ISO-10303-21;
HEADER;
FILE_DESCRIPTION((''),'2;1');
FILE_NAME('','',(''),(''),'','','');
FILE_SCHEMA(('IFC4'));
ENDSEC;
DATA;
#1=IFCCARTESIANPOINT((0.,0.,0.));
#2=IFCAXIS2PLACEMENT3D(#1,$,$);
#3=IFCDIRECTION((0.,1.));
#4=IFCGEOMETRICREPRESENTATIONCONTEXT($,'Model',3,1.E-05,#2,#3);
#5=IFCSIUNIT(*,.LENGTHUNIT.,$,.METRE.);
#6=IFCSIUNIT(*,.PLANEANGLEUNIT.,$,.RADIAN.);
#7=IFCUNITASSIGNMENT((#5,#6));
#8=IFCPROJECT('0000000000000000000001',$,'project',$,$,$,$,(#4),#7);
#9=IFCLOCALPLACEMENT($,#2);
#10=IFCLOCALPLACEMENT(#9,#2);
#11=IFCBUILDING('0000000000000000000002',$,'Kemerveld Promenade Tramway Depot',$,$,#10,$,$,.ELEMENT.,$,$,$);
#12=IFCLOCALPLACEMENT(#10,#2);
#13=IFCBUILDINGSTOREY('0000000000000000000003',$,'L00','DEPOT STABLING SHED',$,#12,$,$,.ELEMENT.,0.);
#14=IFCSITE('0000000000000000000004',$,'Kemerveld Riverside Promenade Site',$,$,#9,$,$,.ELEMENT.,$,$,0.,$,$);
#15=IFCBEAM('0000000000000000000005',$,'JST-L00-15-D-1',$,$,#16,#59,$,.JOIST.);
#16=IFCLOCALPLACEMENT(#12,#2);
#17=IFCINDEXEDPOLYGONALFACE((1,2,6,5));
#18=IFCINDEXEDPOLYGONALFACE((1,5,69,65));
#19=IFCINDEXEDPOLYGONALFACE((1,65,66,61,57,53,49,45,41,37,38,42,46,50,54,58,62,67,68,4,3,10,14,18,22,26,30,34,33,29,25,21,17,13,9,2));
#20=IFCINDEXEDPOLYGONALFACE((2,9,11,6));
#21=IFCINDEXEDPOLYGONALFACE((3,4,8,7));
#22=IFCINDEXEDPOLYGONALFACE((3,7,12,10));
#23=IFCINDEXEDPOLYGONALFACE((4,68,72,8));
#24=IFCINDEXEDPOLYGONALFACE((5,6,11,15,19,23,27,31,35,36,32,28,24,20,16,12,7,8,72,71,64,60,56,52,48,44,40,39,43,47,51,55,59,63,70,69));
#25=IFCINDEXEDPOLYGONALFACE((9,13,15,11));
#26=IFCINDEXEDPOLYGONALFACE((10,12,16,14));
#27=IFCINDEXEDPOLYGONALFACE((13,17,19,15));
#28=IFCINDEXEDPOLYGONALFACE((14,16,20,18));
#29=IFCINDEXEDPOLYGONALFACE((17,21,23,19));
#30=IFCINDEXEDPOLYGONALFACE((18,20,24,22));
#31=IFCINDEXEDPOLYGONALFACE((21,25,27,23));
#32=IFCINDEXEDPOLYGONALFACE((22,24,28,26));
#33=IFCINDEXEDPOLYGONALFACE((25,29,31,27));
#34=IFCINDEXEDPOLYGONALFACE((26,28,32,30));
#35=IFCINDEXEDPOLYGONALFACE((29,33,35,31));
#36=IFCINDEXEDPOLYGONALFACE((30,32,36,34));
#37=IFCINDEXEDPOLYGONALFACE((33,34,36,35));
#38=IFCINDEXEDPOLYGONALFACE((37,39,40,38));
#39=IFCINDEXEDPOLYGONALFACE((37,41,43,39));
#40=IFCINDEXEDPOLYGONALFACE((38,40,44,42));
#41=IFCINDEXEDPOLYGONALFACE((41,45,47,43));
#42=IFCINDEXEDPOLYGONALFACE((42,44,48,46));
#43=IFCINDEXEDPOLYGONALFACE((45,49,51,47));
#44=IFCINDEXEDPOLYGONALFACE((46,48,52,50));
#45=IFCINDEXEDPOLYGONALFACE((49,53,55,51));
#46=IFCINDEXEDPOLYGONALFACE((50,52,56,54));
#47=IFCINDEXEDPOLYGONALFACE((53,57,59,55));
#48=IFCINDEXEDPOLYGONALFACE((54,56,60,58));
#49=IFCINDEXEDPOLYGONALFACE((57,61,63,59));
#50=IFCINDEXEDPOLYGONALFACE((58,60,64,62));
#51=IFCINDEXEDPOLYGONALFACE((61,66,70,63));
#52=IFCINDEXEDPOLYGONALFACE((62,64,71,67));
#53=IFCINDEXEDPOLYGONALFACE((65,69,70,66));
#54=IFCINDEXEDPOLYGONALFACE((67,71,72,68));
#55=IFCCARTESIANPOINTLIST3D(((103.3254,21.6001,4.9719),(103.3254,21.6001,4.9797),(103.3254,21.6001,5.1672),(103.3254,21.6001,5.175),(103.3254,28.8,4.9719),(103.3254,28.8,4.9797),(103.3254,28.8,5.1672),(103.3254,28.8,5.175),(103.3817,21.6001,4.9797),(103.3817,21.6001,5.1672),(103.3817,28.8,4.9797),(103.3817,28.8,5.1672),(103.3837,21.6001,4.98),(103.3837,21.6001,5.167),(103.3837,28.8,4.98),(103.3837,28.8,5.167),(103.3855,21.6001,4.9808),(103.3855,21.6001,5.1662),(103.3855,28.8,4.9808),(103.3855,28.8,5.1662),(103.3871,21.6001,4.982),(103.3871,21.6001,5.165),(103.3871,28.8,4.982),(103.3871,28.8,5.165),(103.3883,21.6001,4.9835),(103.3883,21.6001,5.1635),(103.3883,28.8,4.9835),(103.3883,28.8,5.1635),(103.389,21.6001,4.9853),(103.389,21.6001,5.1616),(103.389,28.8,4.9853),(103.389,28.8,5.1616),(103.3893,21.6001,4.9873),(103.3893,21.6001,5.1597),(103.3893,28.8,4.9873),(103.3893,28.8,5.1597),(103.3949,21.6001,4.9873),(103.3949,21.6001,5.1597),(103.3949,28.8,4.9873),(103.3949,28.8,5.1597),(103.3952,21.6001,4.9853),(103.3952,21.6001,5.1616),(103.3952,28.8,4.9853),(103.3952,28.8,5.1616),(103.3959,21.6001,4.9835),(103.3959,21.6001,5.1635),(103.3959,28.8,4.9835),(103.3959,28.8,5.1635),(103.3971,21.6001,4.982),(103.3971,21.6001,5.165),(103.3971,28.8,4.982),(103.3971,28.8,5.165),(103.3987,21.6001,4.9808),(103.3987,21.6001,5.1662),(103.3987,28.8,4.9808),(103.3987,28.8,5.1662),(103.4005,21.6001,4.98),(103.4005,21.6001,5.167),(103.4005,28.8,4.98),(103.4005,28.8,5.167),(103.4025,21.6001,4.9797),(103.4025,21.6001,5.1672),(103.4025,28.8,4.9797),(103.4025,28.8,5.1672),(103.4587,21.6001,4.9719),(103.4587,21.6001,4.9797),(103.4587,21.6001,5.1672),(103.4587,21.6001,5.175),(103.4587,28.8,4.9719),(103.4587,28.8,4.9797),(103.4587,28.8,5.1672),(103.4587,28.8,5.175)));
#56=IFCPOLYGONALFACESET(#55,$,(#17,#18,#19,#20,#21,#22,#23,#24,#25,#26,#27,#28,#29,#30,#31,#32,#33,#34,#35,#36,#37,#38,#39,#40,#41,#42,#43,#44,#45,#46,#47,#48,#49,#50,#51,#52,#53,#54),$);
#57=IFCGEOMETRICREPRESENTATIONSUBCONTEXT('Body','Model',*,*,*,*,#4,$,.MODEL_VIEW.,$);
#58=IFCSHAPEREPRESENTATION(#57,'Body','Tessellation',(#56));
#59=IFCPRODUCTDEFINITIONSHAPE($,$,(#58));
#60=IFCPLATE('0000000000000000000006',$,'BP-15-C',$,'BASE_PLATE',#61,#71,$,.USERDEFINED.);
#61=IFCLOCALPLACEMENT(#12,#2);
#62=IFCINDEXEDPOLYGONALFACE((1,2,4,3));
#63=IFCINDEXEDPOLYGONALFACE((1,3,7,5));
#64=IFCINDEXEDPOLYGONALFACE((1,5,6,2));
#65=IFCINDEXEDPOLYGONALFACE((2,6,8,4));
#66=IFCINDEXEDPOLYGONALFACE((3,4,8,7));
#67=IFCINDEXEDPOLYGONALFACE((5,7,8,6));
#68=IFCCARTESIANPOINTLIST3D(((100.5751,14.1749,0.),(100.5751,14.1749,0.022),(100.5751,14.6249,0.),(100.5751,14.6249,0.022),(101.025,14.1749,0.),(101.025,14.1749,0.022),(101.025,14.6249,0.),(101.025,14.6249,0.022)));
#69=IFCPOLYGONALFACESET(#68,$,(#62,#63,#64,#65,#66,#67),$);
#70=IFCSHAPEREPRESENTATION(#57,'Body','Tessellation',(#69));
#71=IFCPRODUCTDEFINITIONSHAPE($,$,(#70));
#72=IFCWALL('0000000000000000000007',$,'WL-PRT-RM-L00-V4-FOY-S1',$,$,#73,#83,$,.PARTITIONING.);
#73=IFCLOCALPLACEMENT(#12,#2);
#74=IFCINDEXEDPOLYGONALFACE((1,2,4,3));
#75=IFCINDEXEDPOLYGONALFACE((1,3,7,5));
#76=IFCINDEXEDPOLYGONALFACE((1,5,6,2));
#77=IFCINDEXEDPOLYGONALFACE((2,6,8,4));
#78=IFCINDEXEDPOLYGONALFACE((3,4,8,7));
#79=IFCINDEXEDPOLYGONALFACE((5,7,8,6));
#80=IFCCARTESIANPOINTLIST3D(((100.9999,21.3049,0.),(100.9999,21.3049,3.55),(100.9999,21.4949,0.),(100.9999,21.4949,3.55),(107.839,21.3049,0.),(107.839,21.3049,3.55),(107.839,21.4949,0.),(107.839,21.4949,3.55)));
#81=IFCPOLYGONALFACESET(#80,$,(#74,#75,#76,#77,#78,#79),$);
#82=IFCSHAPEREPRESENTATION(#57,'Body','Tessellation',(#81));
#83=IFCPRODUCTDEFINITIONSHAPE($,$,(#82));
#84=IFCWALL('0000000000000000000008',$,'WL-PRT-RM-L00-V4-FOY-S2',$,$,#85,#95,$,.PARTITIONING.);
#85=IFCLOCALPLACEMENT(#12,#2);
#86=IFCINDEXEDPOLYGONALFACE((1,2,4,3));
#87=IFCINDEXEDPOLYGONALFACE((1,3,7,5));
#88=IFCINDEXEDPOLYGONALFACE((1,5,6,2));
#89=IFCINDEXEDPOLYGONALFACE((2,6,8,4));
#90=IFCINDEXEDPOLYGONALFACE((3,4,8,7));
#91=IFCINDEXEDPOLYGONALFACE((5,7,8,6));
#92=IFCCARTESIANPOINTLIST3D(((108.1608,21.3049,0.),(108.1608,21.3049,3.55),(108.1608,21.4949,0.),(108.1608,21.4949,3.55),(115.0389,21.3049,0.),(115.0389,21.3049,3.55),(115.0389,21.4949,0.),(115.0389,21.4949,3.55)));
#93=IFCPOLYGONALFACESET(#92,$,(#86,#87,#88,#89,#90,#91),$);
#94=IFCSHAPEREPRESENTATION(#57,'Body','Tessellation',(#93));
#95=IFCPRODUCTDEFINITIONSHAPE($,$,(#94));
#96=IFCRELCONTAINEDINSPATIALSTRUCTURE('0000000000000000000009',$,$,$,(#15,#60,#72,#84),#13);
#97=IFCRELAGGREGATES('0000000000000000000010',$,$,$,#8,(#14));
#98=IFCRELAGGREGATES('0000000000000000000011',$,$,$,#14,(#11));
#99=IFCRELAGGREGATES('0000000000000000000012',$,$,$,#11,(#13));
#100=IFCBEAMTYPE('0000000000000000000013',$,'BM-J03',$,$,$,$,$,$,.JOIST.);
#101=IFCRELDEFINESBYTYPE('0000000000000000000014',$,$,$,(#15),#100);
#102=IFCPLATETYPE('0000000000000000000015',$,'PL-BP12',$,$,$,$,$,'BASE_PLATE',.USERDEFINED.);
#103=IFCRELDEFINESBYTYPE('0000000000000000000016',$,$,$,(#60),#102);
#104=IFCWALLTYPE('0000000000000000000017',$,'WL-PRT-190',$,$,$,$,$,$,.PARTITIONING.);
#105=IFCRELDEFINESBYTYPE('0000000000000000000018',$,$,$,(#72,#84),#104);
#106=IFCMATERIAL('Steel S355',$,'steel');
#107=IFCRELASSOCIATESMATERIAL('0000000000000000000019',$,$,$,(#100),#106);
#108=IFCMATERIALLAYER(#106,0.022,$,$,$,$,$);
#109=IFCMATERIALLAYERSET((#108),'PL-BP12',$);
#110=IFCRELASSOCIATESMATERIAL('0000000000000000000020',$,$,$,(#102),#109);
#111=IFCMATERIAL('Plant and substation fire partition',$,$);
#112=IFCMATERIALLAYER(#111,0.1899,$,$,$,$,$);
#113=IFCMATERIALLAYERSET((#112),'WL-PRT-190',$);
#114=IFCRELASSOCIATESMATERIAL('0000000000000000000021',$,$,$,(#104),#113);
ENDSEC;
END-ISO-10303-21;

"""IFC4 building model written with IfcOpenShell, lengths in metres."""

from ifc_helpers import new_model, si_unit, direction, frame, frame_2d, origin, origin_2d, place, context, subcontext, project, spatial, rectangle, i_section, extrude, material, layer, layer_set, material_profile, profile_set, type_object, element, save


model = new_model("IFC4")

# Units and contexts
model_context = context("Model", 3, precision=1e-05, world=origin(), true_north=direction((0.0, 1.0)))
body_context = subcontext(model_context, "Body", "Model", "MODEL_VIEW")
ifc_project = project(units=[si_unit("LENGTHUNIT", "METRE"), si_unit("PLANEANGLEUNIT", "RADIAN")], contexts=[model_context])

# Site, building, storey
site_placement = place(None, origin())
site = spatial("IfcSite", under=ifc_project, at=site_placement, Name="Kemerveld Riverside Promenade Site", CompositionType="ELEMENT", RefElevation=0.0)
building_placement = place(site_placement, origin())
building = spatial("IfcBuilding", under=site, at=building_placement, Name="Kemerveld Promenade Tramway Depot", CompositionType="ELEMENT")
storey_placement = place(building_placement, origin())
storey = spatial("IfcBuildingStorey", under=building, at=storey_placement, Name="L00", Description="DEPOT STABLING SHED", CompositionType="ELEMENT", Elevation=0.0)

# Shared definitions
ifc_material_1 = material(Name="Steel S355", Category="steel")

# Beam
ifc_material_profile_1 = material_profile(ifc_material_1, i_section(OverallWidth=0.1333, OverallDepth=0.2031, WebThickness=0.0056, FlangeThickness=0.0078, FilletRadius=0.0076, at=origin_2d()), Name="203x133x25 UB")
ifc_profile_set_1 = profile_set([ifc_material_profile_1], Name="Steel S355")
beam_type_1 = type_object("IfcBeamType", Name="BM-J03", PredefinedType="JOIST", material=ifc_profile_set_1)
beam_1_placement = place(storey_placement, frame((103.3921, 21.6001, 5.0735), z_axis=(0.0, 1.0, 0.0), x_axis=(-1.0, 0.0, 0.0)))
element("IfcBeam", 1, at=beam_1_placement, inside=storey, type_object=beam_type_1, Name="JST-L00-15-D-1", PredefinedType="JOIST", context=body_context, shape_type="SweptSolid", body=[
    extrude(i_section(OverallWidth=0.1333, OverallDepth=0.2031, WebThickness=0.0056, FlangeThickness=0.0078, FilletRadius=0.0076, at=origin_2d()), origin(), (0.0, 0.0, 1.0), 7.2),
])

# Plate
ifc_layer_1 = layer(ifc_material_1, 0.022)
ifc_layer_set_1 = layer_set([ifc_layer_1], Name="PL-BP12")
plate_type = type_object("IfcPlateType", Name="PL-BP12", ElementType="BASE_PLATE", PredefinedType="USERDEFINED", material=ifc_layer_set_1)
plate_placement = place(storey_placement, frame((100.8, 14.3999, 0.0), z_axis=(0.0, 0.0, 1.0), x_axis=(1.0, 0.0, 0.0)))
element("IfcPlate", 2, at=plate_placement, inside=storey, type_object=plate_type, Name="BP-15-C", ObjectType="BASE_PLATE", PredefinedType="USERDEFINED", context=body_context, shape_type="SweptSolid", body=[
    extrude(rectangle(XDim=0.45, YDim=0.45, at=origin_2d()), origin(), (0.0, 0.0, 1.0), 0.022),
])

# Walls
ifc_material_2 = material(Name="Plant and substation fire partition")
ifc_layer_2 = layer(ifc_material_2, 0.1899)
ifc_layer_set_2 = layer_set([ifc_layer_2], Name="WL-PRT-190")
wall_type = type_object("IfcWallType", Name="WL-PRT-190", PredefinedType="PARTITIONING", material=ifc_layer_set_2)
wall_1_placement = place(storey_placement, frame((101.0, 21.3999, 0.0), z_axis=(0.0, 0.0, 1.0), x_axis=(1.0, 0.0, 0.0)))
element("IfcWall", 3, at=wall_1_placement, inside=storey, type_object=wall_type, Name="WL-PRT-RM-L00-V4-FOY-S1", PredefinedType="PARTITIONING", context=body_context, shape_type="SweptSolid", body=[
    extrude(rectangle(XDim=6.8391, YDim=0.1899, at=frame_2d((3.4194, 0.0))), origin(), (0.0, 0.0, 1.0), 3.55),
])
wall_2_placement = place(storey_placement, frame((108.1609, 21.3999, 0.0), z_axis=(0.0, 0.0, 1.0), x_axis=(1.0, 0.0, 0.0)))
element("IfcWall", 4, at=wall_2_placement, inside=storey, type_object=wall_type, Name="WL-PRT-RM-L00-V4-FOY-S2", PredefinedType="PARTITIONING", context=body_context, shape_type="SweptSolid", body=[
    extrude(rectangle(XDim=6.8782, YDim=0.1899, at=frame_2d((3.439, 0.0))), origin(), (0.0, 0.0, 1.0), 3.55),
])

save(model, "model.ifc")
